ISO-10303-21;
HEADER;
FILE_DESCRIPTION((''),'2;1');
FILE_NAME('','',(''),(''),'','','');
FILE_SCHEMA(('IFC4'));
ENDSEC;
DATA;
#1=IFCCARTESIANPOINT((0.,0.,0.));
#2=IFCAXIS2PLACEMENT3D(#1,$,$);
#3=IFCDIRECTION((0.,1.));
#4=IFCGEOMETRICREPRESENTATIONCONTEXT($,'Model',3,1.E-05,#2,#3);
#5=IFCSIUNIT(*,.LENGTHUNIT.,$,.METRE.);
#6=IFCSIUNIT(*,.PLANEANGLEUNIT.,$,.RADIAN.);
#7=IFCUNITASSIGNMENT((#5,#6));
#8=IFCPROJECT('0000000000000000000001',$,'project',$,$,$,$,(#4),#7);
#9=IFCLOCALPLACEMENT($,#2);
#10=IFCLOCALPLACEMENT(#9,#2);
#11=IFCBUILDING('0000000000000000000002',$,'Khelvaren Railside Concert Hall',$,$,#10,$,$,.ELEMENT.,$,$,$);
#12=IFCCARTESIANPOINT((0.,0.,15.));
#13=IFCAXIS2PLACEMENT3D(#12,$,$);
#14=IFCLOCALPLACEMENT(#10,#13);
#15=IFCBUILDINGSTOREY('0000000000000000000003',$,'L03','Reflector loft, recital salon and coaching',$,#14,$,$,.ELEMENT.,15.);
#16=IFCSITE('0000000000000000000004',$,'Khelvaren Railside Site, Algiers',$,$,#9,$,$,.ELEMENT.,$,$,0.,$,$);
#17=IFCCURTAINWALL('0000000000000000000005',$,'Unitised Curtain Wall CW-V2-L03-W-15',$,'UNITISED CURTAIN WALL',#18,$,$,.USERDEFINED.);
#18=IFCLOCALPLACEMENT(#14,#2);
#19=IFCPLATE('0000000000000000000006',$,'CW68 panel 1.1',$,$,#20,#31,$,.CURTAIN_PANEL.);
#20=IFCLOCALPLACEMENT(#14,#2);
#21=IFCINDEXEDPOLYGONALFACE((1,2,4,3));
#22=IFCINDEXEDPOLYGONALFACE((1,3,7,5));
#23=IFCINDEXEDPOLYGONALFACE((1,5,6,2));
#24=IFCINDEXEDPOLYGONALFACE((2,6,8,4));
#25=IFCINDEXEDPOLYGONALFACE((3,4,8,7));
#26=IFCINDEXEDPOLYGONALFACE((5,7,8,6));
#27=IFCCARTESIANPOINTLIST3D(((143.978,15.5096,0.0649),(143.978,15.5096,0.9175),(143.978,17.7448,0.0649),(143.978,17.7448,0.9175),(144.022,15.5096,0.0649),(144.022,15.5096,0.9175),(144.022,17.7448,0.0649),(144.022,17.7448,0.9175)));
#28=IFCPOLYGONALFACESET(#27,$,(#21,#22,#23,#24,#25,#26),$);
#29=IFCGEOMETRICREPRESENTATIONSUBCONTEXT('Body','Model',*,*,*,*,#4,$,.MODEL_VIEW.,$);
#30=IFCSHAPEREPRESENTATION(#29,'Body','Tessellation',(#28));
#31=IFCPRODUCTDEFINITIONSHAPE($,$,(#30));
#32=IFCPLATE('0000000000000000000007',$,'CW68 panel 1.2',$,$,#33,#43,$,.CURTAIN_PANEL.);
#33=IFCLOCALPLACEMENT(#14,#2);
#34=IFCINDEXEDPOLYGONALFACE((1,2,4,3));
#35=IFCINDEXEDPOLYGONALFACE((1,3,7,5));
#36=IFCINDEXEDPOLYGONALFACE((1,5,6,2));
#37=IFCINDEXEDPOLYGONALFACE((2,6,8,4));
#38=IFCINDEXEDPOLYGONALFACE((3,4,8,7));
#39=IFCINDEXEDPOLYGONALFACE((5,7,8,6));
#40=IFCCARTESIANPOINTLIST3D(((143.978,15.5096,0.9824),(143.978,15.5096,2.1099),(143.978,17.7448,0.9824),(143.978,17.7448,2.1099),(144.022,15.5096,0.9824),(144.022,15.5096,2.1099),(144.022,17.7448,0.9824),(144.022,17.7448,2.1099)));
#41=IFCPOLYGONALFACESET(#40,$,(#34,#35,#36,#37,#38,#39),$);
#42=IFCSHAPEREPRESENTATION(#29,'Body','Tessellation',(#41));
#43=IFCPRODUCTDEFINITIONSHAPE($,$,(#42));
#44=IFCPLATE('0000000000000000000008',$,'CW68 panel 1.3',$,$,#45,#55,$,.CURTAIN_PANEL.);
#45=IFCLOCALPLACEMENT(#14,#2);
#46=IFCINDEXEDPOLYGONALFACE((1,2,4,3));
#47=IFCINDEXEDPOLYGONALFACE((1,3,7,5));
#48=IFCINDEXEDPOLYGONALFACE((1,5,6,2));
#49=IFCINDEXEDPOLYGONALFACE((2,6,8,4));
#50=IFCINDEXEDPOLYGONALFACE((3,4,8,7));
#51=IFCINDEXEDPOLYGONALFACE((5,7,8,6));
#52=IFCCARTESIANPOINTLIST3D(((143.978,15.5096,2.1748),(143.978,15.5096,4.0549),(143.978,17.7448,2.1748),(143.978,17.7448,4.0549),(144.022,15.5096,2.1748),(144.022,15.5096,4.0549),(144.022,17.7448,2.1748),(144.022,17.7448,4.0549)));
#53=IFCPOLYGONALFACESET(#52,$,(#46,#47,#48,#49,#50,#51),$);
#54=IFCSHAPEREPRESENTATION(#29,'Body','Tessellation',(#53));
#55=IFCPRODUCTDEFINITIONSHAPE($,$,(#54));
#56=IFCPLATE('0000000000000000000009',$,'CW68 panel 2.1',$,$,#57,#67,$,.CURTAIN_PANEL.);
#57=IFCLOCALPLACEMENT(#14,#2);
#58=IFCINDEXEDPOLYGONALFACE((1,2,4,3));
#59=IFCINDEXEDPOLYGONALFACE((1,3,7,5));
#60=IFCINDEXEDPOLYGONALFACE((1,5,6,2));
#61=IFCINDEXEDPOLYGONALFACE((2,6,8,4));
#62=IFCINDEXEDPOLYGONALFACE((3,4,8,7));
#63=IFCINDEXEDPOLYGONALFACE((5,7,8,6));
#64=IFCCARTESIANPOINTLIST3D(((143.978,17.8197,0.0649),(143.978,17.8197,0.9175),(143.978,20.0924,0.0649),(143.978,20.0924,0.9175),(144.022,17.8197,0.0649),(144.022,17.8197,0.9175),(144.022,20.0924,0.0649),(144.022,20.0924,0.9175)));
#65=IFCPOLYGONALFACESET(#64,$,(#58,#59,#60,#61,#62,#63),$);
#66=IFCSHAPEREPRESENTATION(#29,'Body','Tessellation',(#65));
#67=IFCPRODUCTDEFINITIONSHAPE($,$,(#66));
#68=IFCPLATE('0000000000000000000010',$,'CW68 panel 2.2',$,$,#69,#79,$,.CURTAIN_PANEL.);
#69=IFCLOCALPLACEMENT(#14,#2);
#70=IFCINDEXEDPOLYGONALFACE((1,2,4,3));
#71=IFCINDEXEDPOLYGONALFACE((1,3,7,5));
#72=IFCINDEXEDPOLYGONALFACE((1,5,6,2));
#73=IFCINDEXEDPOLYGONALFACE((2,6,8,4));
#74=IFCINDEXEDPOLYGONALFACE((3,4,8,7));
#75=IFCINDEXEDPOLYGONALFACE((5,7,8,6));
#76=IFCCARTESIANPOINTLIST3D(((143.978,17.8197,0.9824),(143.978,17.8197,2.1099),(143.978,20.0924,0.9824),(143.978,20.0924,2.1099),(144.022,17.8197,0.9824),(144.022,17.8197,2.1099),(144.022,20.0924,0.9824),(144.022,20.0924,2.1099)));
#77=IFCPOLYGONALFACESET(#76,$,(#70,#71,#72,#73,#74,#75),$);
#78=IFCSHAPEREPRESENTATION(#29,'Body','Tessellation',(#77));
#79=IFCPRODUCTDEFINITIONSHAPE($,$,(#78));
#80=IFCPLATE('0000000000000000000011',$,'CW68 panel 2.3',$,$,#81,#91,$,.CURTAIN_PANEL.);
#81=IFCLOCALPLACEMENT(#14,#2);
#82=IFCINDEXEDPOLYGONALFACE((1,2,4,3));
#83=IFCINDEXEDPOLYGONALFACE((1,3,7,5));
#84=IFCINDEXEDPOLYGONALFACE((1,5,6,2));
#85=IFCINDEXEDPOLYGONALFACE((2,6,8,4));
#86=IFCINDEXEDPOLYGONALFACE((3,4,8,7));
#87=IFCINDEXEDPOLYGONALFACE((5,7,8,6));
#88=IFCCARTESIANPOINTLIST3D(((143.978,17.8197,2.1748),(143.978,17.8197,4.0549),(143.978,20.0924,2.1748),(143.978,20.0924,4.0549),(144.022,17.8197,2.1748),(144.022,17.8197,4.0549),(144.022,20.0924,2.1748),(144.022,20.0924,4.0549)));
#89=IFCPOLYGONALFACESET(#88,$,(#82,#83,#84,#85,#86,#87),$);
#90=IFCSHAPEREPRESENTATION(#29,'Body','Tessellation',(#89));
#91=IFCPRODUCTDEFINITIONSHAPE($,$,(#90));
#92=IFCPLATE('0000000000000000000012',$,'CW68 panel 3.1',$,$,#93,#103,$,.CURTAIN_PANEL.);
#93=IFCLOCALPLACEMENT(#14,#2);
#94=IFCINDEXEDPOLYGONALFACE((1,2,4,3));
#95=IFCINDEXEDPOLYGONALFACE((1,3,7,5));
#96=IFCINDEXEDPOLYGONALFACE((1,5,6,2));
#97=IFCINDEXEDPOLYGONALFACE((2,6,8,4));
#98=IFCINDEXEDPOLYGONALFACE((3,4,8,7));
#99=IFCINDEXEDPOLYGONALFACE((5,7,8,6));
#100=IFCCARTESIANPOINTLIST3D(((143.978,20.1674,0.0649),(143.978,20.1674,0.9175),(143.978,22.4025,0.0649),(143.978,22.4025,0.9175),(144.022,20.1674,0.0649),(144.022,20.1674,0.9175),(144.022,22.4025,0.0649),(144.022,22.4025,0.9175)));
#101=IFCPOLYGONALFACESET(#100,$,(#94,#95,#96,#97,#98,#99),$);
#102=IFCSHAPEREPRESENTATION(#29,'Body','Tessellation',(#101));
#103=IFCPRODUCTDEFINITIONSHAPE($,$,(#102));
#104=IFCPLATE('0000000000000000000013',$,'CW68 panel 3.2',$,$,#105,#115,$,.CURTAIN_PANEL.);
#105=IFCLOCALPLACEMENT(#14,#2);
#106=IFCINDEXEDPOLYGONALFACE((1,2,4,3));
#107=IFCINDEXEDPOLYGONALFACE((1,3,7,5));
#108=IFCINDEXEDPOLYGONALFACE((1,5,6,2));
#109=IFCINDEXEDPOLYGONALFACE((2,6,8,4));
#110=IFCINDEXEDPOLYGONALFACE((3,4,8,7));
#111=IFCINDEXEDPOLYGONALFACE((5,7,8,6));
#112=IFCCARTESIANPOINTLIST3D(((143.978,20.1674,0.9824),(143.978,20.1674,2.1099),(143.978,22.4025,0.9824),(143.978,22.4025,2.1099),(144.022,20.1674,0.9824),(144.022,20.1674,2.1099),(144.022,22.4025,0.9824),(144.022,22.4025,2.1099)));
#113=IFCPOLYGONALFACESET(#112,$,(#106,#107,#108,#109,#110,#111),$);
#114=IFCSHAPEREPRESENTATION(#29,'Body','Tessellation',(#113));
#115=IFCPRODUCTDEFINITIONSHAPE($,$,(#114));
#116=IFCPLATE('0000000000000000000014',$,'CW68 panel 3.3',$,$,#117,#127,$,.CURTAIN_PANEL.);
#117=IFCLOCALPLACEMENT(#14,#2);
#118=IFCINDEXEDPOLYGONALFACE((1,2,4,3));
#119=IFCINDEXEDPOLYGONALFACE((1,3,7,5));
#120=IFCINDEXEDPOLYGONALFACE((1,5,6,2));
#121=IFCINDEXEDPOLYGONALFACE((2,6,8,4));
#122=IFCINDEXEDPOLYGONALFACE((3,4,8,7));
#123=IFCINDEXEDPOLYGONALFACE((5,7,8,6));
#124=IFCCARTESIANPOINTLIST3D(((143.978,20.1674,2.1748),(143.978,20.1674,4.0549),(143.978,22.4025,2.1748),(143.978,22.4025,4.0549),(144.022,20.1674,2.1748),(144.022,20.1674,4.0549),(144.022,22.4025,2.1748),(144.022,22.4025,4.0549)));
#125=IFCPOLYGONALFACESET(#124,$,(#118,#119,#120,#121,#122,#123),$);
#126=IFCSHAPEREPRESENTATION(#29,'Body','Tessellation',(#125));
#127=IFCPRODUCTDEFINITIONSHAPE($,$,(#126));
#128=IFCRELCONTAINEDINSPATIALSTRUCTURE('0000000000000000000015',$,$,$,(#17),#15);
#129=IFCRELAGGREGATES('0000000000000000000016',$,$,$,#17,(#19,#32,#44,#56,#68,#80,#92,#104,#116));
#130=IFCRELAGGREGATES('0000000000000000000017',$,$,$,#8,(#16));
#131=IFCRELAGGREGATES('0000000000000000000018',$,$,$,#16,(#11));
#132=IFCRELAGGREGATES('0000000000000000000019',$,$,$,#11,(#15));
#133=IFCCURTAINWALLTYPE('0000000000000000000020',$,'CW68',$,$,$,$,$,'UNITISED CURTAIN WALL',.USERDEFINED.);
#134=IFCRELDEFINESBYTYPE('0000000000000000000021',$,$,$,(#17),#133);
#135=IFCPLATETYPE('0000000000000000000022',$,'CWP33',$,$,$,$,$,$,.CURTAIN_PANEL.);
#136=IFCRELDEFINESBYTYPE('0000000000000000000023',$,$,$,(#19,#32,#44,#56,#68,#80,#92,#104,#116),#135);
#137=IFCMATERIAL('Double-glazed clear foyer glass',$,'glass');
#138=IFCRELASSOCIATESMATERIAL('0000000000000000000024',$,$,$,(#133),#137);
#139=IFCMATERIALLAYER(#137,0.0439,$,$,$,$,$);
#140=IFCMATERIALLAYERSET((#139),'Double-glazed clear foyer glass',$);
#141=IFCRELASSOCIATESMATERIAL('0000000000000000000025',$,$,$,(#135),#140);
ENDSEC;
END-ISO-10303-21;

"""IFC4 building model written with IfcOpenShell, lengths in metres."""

from ifc_helpers import new_model, si_unit, direction, frame, origin, origin_2d, place, context, subcontext, project, spatial, rectangle, extrude, material, layer, layer_set, type_object, element, aggregate, save


model = new_model("IFC4")

# Units and contexts
model_context = context("Model", 3, precision=1e-05, world=origin(), true_north=direction((0.0, 1.0)))
body_context = subcontext(model_context, "Body", "Model", "MODEL_VIEW")
ifc_project = project(units=[si_unit("LENGTHUNIT", "METRE"), si_unit("PLANEANGLEUNIT", "RADIAN")], contexts=[model_context])

# Site, building, storey
site_placement = place(None, origin())
site = spatial("IfcSite", under=ifc_project, at=site_placement, Name="Khelvaren Railside Site, Algiers", CompositionType="ELEMENT", RefElevation=0.0)
building_placement = place(site_placement, origin())
building = spatial("IfcBuilding", under=site, at=building_placement, Name="Khelvaren Railside Concert Hall", CompositionType="ELEMENT")
storey_placement = place(building_placement, frame((0.0, 0.0, 15.0)))
storey = spatial("IfcBuildingStorey", under=building, at=storey_placement, Name="L03", Description="Reflector loft, recital salon and coaching", CompositionType="ELEMENT", Elevation=15.0)

# Curtain wall
ifc_material_1 = material(Name="Double-glazed clear foyer glass", Category="glass")
curtain_wall_type_1 = type_object("IfcCurtainWallType", Name="CW68", ElementType="UNITISED CURTAIN WALL", PredefinedType="USERDEFINED", material=ifc_material_1)
curtain_wall_1_placement = place(storey_placement, origin())
curtain_wall_1 = element("IfcCurtainWall", 1, at=curtain_wall_1_placement, inside=storey, type_object=curtain_wall_type_1, Name="Unitised Curtain Wall CW-V2-L03-W-15", ObjectType="UNITISED CURTAIN WALL", PredefinedType="USERDEFINED")

# Plates
ifc_layer = layer(ifc_material_1, 0.0439)
ifc_layer_set = layer_set([ifc_layer], Name="Double-glazed clear foyer glass")
plate_type = type_object("IfcPlateType", Name="CWP33", PredefinedType="CURTAIN_PANEL", material=ifc_layer_set)
plate_1_placement = place(storey_placement, frame((144.0, 16.6272, 0.0649), z_axis=(0.0, 0.0, 1.0), x_axis=(0.0, 1.0, 0.0)))
plate_1 = element("IfcPlate", 2, at=plate_1_placement, type_object=plate_type, Name="CW68 panel 1.1", PredefinedType="CURTAIN_PANEL", context=body_context, shape_type="SweptSolid", body=[
    extrude(rectangle(XDim=2.2351, YDim=0.0439, at=origin_2d()), origin(), (0.0, 0.0, 1.0), 0.8525),
])
plate_2_placement = place(storey_placement, frame((144.0, 16.6272, 0.9824), z_axis=(0.0, 0.0, 1.0), x_axis=(0.0, 1.0, 0.0)))
plate_2 = element("IfcPlate", 3, at=plate_2_placement, type_object=plate_type, Name="CW68 panel 1.2", PredefinedType="CURTAIN_PANEL", context=body_context, shape_type="SweptSolid", body=[
    extrude(rectangle(XDim=2.2351, YDim=0.0439, at=origin_2d()), origin(), (0.0, 0.0, 1.0), 1.1274),
])
plate_3_placement = place(storey_placement, frame((144.0, 16.6272, 2.1748), z_axis=(0.0, 0.0, 1.0), x_axis=(0.0, 1.0, 0.0)))
plate_3 = element("IfcPlate", 4, at=plate_3_placement, type_object=plate_type, Name="CW68 panel 1.3", PredefinedType="CURTAIN_PANEL", context=body_context, shape_type="SweptSolid", body=[
    extrude(rectangle(XDim=2.2351, YDim=0.0439, at=origin_2d()), origin(), (0.0, 0.0, 1.0), 1.8801),
])
plate_4_placement = place(storey_placement, frame((144.0, 18.9561, 0.0649), z_axis=(0.0, 0.0, 1.0), x_axis=(0.0, 1.0, 0.0)))
plate_4 = element("IfcPlate", 5, at=plate_4_placement, type_object=plate_type, Name="CW68 panel 2.1", PredefinedType="CURTAIN_PANEL", context=body_context, shape_type="SweptSolid", body=[
    extrude(rectangle(XDim=2.2727, YDim=0.0439, at=origin_2d()), origin(), (0.0, 0.0, 1.0), 0.8525),
])
plate_5_placement = place(storey_placement, frame((144.0, 18.9561, 0.9824), z_axis=(0.0, 0.0, 1.0), x_axis=(0.0, 1.0, 0.0)))
plate_5 = element("IfcPlate", 6, at=plate_5_placement, type_object=plate_type, Name="CW68 panel 2.2", PredefinedType="CURTAIN_PANEL", context=body_context, shape_type="SweptSolid", body=[
    extrude(rectangle(XDim=2.2727, YDim=0.0439, at=origin_2d()), origin(), (0.0, 0.0, 1.0), 1.1274),
])
plate_6_placement = place(storey_placement, frame((144.0, 18.9561, 2.1748), z_axis=(0.0, 0.0, 1.0), x_axis=(0.0, 1.0, 0.0)))
plate_6 = element("IfcPlate", 7, at=plate_6_placement, type_object=plate_type, Name="CW68 panel 2.3", PredefinedType="CURTAIN_PANEL", context=body_context, shape_type="SweptSolid", body=[
    extrude(rectangle(XDim=2.2727, YDim=0.0439, at=origin_2d()), origin(), (0.0, 0.0, 1.0), 1.8801),
])
plate_7_placement = place(storey_placement, frame((144.0, 21.2849, 0.0649), z_axis=(0.0, 0.0, 1.0), x_axis=(0.0, 1.0, 0.0)))
plate_7 = element("IfcPlate", 8, at=plate_7_placement, type_object=plate_type, Name="CW68 panel 3.1", PredefinedType="CURTAIN_PANEL", context=body_context, shape_type="SweptSolid", body=[
    extrude(rectangle(XDim=2.2351, YDim=0.0439, at=origin_2d()), origin(), (0.0, 0.0, 1.0), 0.8525),
])
plate_8_placement = place(storey_placement, frame((144.0, 21.2849, 0.9824), z_axis=(0.0, 0.0, 1.0), x_axis=(0.0, 1.0, 0.0)))
plate_8 = element("IfcPlate", 9, at=plate_8_placement, type_object=plate_type, Name="CW68 panel 3.2", PredefinedType="CURTAIN_PANEL", context=body_context, shape_type="SweptSolid", body=[
    extrude(rectangle(XDim=2.2351, YDim=0.0439, at=origin_2d()), origin(), (0.0, 0.0, 1.0), 1.1274),
])
plate_9_placement = place(storey_placement, frame((144.0, 21.2849, 2.1748), z_axis=(0.0, 0.0, 1.0), x_axis=(0.0, 1.0, 0.0)))
plate_9 = element("IfcPlate", 10, at=plate_9_placement, type_object=plate_type, Name="CW68 panel 3.3", PredefinedType="CURTAIN_PANEL", context=body_context, shape_type="SweptSolid", body=[
    extrude(rectangle(XDim=2.2351, YDim=0.0439, at=origin_2d()), origin(), (0.0, 0.0, 1.0), 1.8801),
])
aggregate(curtain_wall_1, [plate_1, plate_2, plate_3, plate_4, plate_5, plate_6, plate_7, plate_8, plate_9])

save(model, "model.ifc")
